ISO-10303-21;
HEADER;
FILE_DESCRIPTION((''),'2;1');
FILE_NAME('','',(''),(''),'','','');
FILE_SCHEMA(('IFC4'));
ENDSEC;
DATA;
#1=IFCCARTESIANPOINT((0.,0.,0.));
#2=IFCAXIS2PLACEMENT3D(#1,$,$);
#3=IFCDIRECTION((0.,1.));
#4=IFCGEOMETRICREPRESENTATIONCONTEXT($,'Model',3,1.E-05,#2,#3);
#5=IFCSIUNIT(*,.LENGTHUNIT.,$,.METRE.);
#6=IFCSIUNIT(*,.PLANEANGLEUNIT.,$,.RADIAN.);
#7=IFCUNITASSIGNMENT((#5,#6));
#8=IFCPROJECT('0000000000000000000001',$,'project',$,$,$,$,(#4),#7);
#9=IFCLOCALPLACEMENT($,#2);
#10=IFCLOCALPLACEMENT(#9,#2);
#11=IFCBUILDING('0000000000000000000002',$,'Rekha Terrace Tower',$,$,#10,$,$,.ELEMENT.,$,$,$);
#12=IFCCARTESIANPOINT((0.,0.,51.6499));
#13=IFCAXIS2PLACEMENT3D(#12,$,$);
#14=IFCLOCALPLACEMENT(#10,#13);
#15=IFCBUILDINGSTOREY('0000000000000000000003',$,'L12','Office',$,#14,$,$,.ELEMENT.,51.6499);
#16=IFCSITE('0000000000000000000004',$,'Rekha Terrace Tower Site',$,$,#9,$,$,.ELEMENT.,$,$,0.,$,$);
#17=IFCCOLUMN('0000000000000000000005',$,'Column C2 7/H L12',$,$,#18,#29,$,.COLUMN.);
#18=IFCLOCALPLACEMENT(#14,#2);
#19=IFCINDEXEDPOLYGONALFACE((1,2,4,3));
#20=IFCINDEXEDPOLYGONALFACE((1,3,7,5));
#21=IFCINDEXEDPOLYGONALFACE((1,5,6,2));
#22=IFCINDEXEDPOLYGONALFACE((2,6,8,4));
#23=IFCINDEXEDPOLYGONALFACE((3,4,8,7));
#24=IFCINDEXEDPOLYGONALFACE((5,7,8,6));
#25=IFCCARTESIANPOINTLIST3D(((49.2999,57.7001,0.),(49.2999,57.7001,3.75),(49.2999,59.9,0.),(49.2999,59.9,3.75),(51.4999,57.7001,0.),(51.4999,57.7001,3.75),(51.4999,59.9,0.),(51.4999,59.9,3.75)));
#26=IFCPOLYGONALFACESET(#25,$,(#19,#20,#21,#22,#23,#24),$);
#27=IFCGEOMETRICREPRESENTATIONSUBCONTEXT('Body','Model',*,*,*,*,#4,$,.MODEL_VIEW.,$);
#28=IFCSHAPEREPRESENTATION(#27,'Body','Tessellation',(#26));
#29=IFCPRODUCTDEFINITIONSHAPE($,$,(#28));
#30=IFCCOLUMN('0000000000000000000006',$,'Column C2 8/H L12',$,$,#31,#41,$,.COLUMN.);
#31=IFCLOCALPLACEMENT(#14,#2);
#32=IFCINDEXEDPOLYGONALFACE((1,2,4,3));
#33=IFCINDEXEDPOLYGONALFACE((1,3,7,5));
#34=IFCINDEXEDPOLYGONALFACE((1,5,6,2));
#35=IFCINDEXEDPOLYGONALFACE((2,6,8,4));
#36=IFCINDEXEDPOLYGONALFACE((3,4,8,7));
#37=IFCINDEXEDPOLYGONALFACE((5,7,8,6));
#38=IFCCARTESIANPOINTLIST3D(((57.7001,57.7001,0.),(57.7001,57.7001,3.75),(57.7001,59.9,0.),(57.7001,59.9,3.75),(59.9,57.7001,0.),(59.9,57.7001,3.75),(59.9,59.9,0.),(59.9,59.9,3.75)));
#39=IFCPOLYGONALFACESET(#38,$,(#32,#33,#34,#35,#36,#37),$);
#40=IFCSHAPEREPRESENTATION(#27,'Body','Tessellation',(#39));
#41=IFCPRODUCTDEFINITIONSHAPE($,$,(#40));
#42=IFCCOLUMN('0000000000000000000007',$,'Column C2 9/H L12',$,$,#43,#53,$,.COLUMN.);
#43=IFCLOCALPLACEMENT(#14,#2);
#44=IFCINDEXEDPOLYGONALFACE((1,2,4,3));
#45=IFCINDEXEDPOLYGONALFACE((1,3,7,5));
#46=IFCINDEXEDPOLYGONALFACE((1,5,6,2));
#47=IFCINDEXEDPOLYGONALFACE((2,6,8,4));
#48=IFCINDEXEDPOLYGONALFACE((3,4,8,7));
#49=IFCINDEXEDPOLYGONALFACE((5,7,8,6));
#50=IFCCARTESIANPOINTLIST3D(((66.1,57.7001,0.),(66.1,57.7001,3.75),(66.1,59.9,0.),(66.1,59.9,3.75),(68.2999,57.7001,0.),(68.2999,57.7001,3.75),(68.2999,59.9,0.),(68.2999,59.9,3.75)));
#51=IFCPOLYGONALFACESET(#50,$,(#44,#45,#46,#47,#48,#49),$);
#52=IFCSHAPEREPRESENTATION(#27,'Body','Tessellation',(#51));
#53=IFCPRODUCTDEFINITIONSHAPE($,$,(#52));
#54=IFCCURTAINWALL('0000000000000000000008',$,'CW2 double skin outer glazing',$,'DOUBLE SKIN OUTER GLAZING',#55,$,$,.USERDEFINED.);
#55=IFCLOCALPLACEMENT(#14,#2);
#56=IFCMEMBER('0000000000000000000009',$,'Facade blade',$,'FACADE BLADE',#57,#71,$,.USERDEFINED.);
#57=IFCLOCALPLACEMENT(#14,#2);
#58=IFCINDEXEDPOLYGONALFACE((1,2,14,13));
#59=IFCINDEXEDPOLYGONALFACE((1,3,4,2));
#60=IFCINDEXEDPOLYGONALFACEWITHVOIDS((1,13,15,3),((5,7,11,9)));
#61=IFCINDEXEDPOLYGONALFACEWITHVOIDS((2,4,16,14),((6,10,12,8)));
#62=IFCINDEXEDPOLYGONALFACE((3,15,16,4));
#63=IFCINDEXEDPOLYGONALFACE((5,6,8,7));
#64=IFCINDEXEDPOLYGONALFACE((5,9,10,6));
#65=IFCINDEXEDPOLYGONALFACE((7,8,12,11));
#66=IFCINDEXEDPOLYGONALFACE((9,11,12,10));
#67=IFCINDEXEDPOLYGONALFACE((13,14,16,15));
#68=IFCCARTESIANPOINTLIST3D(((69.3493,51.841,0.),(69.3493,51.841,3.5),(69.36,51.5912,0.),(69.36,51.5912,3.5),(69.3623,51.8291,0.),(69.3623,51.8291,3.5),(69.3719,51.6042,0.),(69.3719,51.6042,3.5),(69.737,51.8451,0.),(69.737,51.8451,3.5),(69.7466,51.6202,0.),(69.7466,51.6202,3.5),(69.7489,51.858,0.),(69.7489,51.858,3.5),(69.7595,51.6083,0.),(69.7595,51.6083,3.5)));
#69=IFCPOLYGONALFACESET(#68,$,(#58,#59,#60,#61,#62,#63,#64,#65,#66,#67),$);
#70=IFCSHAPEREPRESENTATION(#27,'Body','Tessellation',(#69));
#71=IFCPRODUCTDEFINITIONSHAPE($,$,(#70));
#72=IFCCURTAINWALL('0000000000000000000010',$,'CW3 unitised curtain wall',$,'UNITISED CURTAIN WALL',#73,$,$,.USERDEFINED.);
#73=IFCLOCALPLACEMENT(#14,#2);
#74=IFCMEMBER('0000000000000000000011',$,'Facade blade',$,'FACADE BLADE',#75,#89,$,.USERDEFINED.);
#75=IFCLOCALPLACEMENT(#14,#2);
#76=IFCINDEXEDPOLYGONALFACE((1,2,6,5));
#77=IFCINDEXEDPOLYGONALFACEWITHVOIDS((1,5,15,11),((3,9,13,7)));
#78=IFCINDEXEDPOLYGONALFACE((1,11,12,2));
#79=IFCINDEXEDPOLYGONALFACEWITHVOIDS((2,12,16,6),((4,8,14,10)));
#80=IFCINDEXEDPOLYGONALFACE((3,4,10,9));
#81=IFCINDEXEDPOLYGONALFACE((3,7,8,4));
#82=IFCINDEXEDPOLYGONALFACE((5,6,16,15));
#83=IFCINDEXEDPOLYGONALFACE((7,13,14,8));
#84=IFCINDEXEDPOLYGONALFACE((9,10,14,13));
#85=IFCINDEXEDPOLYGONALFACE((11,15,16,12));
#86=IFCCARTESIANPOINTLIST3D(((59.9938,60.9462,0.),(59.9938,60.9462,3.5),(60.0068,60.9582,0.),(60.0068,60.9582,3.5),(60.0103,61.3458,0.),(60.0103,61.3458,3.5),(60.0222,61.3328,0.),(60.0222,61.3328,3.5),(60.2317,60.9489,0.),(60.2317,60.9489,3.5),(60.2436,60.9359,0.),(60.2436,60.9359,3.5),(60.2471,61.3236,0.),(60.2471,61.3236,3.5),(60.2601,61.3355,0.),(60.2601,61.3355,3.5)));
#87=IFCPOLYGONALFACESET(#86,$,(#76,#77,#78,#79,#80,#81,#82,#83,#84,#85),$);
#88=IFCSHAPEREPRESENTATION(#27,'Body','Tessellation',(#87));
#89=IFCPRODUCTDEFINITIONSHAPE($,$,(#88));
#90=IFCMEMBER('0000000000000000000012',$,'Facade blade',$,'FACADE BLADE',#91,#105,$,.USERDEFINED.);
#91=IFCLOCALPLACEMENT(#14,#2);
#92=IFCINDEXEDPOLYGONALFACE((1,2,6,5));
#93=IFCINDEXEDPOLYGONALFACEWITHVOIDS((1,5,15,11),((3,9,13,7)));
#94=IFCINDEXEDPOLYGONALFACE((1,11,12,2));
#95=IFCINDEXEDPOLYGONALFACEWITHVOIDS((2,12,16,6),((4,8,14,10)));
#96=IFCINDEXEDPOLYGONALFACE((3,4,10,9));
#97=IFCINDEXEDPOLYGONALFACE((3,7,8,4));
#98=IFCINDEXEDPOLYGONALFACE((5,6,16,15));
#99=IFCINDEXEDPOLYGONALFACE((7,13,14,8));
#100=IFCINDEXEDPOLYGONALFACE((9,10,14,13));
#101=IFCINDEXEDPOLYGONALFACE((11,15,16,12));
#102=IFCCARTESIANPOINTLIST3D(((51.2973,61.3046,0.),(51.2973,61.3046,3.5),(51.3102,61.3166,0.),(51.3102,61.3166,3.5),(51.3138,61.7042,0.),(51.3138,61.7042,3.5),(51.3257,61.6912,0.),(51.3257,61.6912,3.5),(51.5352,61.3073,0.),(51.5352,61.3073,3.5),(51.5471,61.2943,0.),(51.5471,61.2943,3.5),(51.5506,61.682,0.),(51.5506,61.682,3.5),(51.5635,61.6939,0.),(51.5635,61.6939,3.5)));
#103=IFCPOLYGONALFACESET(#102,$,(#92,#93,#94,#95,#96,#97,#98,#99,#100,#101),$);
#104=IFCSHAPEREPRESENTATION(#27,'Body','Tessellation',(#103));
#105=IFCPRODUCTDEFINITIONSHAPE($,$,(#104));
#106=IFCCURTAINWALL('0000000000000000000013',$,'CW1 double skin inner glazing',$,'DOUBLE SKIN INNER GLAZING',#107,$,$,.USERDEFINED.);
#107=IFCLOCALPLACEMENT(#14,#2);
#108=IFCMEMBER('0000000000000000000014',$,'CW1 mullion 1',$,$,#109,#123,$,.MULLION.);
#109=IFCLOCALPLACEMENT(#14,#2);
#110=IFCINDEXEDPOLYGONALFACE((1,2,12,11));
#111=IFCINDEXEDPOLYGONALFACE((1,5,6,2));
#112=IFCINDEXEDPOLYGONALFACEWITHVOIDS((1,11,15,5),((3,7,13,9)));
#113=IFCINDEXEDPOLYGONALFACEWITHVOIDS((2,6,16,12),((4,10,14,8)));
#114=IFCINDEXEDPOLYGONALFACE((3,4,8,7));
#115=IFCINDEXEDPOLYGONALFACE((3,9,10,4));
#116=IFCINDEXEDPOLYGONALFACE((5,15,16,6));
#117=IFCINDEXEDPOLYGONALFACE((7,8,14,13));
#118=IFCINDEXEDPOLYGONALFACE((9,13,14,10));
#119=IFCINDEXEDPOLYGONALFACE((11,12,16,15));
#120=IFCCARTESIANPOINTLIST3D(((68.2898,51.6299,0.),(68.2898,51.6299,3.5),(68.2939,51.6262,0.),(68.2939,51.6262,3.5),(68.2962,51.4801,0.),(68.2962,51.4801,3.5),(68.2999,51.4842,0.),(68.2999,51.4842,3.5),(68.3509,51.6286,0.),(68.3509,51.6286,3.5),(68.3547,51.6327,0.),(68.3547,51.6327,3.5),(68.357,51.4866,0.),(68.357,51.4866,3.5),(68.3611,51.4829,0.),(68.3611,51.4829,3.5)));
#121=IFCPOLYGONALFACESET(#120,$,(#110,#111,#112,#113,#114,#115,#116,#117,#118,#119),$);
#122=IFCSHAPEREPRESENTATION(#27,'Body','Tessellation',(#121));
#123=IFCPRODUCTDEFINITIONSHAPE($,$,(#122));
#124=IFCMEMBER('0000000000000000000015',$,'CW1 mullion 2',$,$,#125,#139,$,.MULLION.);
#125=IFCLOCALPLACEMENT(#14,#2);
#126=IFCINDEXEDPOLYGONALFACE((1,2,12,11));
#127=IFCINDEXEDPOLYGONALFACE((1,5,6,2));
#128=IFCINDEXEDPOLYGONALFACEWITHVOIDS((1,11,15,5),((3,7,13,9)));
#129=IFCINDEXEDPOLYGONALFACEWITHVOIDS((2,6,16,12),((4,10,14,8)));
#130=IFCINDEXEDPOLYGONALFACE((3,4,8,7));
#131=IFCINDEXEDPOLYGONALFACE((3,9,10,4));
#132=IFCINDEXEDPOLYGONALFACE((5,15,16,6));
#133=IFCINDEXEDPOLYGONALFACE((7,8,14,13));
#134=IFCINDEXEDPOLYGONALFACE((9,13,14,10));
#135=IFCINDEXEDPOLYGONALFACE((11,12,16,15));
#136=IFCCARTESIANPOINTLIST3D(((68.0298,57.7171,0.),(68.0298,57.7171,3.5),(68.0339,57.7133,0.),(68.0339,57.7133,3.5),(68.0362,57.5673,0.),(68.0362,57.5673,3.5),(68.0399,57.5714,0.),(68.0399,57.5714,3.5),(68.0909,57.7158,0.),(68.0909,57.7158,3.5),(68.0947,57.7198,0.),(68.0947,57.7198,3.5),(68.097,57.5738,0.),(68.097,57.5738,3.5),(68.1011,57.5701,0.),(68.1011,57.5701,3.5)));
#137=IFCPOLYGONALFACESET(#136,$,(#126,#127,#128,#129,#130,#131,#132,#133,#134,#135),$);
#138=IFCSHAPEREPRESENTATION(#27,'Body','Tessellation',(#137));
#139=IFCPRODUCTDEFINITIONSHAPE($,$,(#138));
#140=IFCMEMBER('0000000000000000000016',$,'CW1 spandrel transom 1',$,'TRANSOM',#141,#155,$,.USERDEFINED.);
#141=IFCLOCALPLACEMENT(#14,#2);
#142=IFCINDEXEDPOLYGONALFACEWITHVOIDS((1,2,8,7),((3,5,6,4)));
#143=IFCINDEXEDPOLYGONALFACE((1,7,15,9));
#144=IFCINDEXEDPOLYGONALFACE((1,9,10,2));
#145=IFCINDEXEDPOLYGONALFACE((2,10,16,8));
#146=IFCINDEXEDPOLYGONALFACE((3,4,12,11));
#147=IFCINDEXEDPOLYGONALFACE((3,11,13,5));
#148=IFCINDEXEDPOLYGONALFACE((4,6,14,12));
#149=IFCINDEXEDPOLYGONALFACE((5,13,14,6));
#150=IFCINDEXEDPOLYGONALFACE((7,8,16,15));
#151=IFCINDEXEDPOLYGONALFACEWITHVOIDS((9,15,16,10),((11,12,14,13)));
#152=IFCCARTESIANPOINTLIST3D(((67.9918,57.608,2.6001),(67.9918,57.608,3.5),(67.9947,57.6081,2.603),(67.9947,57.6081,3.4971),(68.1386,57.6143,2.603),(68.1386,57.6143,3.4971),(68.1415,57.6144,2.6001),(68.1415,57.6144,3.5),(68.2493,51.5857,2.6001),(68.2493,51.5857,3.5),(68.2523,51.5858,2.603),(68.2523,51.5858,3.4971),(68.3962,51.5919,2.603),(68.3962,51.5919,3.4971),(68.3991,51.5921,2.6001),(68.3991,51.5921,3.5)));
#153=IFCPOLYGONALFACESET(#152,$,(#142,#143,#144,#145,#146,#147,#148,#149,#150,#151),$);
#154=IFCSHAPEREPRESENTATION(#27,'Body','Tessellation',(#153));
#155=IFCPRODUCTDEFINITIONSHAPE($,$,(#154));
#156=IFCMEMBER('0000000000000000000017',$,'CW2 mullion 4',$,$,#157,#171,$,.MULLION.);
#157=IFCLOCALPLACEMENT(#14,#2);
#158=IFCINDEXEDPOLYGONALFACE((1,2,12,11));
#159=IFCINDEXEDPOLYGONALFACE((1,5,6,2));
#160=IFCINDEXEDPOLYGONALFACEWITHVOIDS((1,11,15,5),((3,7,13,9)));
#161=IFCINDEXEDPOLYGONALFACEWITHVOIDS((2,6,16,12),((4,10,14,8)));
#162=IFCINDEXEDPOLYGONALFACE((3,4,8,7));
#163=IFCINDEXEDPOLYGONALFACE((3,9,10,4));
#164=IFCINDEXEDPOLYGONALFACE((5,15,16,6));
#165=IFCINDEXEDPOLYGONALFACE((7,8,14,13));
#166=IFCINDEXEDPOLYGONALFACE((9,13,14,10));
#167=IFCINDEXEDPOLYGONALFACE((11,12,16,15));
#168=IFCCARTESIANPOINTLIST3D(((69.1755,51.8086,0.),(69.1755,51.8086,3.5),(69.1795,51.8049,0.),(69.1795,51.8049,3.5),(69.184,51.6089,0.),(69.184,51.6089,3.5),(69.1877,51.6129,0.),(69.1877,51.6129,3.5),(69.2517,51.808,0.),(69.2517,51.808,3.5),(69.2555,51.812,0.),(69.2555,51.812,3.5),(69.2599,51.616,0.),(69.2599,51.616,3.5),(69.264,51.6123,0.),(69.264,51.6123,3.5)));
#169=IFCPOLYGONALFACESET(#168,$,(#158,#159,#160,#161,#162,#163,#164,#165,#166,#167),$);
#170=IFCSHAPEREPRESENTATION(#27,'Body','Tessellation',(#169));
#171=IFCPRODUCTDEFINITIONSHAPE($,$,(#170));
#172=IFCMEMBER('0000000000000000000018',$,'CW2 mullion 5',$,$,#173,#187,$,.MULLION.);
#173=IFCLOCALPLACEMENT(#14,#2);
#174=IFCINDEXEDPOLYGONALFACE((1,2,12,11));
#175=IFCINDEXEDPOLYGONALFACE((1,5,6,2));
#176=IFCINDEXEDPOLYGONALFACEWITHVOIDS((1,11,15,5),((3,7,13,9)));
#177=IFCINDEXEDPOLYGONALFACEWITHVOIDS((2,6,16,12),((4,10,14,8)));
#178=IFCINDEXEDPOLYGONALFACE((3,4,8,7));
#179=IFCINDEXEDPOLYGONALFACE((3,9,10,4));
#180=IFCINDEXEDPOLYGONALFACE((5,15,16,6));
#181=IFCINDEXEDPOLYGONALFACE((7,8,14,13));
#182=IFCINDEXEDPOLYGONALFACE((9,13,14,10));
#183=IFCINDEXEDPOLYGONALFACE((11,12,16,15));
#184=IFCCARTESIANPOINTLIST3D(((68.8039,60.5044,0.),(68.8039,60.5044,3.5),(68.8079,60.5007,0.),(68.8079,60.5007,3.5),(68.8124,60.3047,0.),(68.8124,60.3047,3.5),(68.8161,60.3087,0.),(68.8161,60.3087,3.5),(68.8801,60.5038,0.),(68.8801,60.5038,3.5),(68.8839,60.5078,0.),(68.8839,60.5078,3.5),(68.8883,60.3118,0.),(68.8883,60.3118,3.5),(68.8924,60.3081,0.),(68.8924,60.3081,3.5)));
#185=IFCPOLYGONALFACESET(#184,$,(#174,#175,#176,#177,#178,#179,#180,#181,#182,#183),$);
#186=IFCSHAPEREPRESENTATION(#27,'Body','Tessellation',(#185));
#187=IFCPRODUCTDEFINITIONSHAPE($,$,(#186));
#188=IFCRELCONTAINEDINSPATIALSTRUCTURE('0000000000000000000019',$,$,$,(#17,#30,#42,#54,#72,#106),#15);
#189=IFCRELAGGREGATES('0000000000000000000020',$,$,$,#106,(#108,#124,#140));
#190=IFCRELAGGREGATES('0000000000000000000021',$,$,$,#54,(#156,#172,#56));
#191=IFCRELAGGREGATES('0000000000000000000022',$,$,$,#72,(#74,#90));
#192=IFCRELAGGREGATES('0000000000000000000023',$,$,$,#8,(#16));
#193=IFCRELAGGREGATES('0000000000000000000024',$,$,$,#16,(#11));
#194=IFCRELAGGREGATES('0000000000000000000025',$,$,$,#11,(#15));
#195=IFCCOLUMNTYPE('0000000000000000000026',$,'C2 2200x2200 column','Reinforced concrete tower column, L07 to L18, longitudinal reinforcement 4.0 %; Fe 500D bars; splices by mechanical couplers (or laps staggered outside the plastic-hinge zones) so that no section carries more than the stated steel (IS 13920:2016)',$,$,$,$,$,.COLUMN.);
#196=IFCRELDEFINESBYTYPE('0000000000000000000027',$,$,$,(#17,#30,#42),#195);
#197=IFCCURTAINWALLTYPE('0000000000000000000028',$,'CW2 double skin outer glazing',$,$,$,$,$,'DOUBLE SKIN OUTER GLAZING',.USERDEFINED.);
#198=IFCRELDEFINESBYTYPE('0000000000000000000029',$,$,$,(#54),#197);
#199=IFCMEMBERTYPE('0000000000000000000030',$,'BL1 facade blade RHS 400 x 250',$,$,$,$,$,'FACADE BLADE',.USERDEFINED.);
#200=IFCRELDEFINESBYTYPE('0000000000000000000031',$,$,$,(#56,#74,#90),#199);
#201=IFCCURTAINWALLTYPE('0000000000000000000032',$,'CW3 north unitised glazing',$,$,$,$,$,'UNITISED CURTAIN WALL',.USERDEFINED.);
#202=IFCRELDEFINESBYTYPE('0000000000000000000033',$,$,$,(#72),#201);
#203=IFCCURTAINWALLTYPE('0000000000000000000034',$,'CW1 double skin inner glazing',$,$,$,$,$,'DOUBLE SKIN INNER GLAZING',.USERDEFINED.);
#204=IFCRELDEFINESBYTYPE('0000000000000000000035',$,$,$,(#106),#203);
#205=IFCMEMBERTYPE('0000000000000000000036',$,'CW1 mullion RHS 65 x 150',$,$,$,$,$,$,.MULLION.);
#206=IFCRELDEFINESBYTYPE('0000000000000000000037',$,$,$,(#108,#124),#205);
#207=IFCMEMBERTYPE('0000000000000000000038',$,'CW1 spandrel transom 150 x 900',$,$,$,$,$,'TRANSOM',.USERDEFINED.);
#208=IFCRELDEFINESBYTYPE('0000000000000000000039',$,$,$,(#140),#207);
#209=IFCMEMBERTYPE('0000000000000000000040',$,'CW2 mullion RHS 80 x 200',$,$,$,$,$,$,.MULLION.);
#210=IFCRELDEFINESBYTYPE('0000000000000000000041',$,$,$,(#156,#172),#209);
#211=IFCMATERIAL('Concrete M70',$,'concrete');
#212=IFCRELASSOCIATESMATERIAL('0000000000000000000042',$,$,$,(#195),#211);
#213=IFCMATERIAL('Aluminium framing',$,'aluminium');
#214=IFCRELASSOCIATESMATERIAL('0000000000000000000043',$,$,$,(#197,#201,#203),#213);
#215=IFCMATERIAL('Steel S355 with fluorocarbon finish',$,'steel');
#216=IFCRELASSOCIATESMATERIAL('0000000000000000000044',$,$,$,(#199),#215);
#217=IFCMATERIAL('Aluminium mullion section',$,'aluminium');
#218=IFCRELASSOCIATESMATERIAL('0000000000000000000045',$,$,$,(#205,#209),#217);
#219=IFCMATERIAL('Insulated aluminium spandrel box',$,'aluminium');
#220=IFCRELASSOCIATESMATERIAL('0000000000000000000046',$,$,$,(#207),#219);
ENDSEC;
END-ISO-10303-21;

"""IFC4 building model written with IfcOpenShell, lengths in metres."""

from ifc_helpers import new_model, si_unit, direction, frame, origin, origin_2d, place, context, subcontext, project, spatial, rectangle, hollow_rectangle, extrude, material, material_profile, profile_set, type_object, element, aggregate, save


model = new_model("IFC4")

# Units and contexts
model_context = context("Model", 3, precision=1e-05, world=origin(), true_north=direction((0.0, 1.0)))
body_context = subcontext(model_context, "Body", "Model", "MODEL_VIEW")
ifc_project = project(units=[si_unit("LENGTHUNIT", "METRE"), si_unit("PLANEANGLEUNIT", "RADIAN")], contexts=[model_context])

# Site, building, storey
site_placement = place(None, origin())
site = spatial("IfcSite", under=ifc_project, at=site_placement, Name="Rekha Terrace Tower Site", CompositionType="ELEMENT", RefElevation=0.0)
building_placement = place(site_placement, origin())
building = spatial("IfcBuilding", under=site, at=building_placement, Name="Rekha Terrace Tower", CompositionType="ELEMENT")
storey_placement = place(building_placement, frame((0.0, 0.0, 51.6499)))
storey = spatial("IfcBuildingStorey", under=building, at=storey_placement, Name="L12", Description="Office", CompositionType="ELEMENT", Elevation=51.6499)

# Columns
ifc_material_1 = material(Name="Concrete M70", Category="concrete")
ifc_material_profile_1 = material_profile(ifc_material_1, rectangle(XDim=2.2, YDim=2.2, at=origin_2d()), Name="RC 2200x2200")
ifc_profile_set_1 = profile_set([ifc_material_profile_1], Name="Concrete M70")
column_type = type_object("IfcColumnType", Name="C2 2200x2200 column", Description="Reinforced concrete tower column, L07 to L18, longitudinal reinforcement 4.0 %; Fe 500D bars; splices by mechanical couplers (or laps staggered outside the plastic-hinge zones) so that no section carries more than the stated steel (IS 13920:2016)", PredefinedType="COLUMN", material=ifc_profile_set_1)
for number, where, z_axis, x_axis, name in (
    (1, (50.3999, 58.8, 0.0), (0.0, 0.0, 1.0), (1.0, 0.0, 0.0), "Column C2 7/H L12"),
    (2, (58.8, 58.8, 0.0), (0.0, 0.0, 1.0), (1.0, 0.0, 0.0), "Column C2 8/H L12"),
    (3, (67.2, 58.8, 0.0), (0.0, 0.0, 1.0), (1.0, 0.0, 0.0), "Column C2 9/H L12"),
):
    element("IfcColumn", number, at=place(storey_placement, frame(where, z_axis=z_axis, x_axis=x_axis)), inside=storey, type_object=column_type, Name=name, PredefinedType="COLUMN", context=body_context, shape_type="SweptSolid", body=[
        extrude(rectangle(XDim=2.2, YDim=2.2, at=origin_2d()), origin(), (0.0, 0.0, 1.0), 3.75),
    ])

# Curtain wall, member
ifc_material_2 = material(Name="Aluminium framing", Category="aluminium")
curtain_wall_type_1 = type_object("IfcCurtainWallType", Name="CW2 double skin outer glazing", ElementType="DOUBLE SKIN OUTER GLAZING", PredefinedType="USERDEFINED", material=ifc_material_2)
curtain_wall_1_placement = place(storey_placement, origin())
curtain_wall_1 = element("IfcCurtainWall", 4, at=curtain_wall_1_placement, inside=storey, type_object=curtain_wall_type_1, Name="CW2 double skin outer glazing", ObjectType="DOUBLE SKIN OUTER GLAZING", PredefinedType="USERDEFINED")
ifc_material_3 = material(Name="Steel S355 with fluorocarbon finish", Category="steel")
ifc_material_profile_2 = material_profile(ifc_material_3, hollow_rectangle(XDim=0.25, YDim=0.3999, WallThickness=0.0125, at=origin_2d()), Name="RHS400x250x12.5")
ifc_profile_set_2 = profile_set([ifc_material_profile_2], Name="Steel S355 with fluorocarbon finish")
member_type_1 = type_object("IfcMemberType", Name="BL1 facade blade RHS 400 x 250", ElementType="FACADE BLADE", PredefinedType="USERDEFINED", material=ifc_profile_set_2)
member_1_placement = place(storey_placement, frame((69.5544, 51.7246, 0.0), z_axis=(0.0, 0.0, 1.0), x_axis=(-0.042695, 0.999088, 0.0)))
member_1 = element("IfcMember", 5, at=member_1_placement, type_object=member_type_1, Name="Facade blade", ObjectType="FACADE BLADE", PredefinedType="USERDEFINED", context=body_context, shape_type="SweptSolid", body=[
    extrude(hollow_rectangle(XDim=0.25, YDim=0.3999, WallThickness=0.0125, at=origin_2d()), origin(), (0.0, 0.0, 1.0), 3.5),
])

# Curtain walls, members
curtain_wall_type_2 = type_object("IfcCurtainWallType", Name="CW3 north unitised glazing", ElementType="UNITISED CURTAIN WALL", PredefinedType="USERDEFINED", material=ifc_material_2)
curtain_wall_2_placement = place(storey_placement, origin())
curtain_wall_2 = element("IfcCurtainWall", 6, at=curtain_wall_2_placement, inside=storey, type_object=curtain_wall_type_2, Name="CW3 unitised curtain wall", ObjectType="UNITISED CURTAIN WALL", PredefinedType="USERDEFINED")
member_2_placement = place(storey_placement, frame((60.127, 61.1409, 0.0), z_axis=(0.0, 0.0, 1.0), x_axis=(-0.999152, 0.041175, 0.0)))
member_2 = element("IfcMember", 7, at=member_2_placement, type_object=member_type_1, Name="Facade blade", ObjectType="FACADE BLADE", PredefinedType="USERDEFINED", context=body_context, shape_type="SweptSolid", body=[
    extrude(hollow_rectangle(XDim=0.25, YDim=0.3999, WallThickness=0.0125, at=origin_2d()), origin(), (0.0, 0.0, 1.0), 3.5),
])
member_3_placement = place(storey_placement, frame((51.4304, 61.4993, 0.0), z_axis=(0.0, 0.0, 1.0), x_axis=(-0.999152, 0.041175, 0.0)))
member_3 = element("IfcMember", 8, at=member_3_placement, type_object=member_type_1, Name="Facade blade", ObjectType="FACADE BLADE", PredefinedType="USERDEFINED", context=body_context, shape_type="SweptSolid", body=[
    extrude(hollow_rectangle(XDim=0.25, YDim=0.3999, WallThickness=0.0125, at=origin_2d()), origin(), (0.0, 0.0, 1.0), 3.5),
])
curtain_wall_type_3 = type_object("IfcCurtainWallType", Name="CW1 double skin inner glazing", ElementType="DOUBLE SKIN INNER GLAZING", PredefinedType="USERDEFINED", material=ifc_material_2)
curtain_wall_3_placement = place(storey_placement, origin())
curtain_wall_3 = element("IfcCurtainWall", 9, at=curtain_wall_3_placement, inside=storey, type_object=curtain_wall_type_3, Name="CW1 double skin inner glazing", ObjectType="DOUBLE SKIN INNER GLAZING", PredefinedType="USERDEFINED")
ifc_material_4 = material(Name="Aluminium mullion section", Category="aluminium")
ifc_material_profile_3 = material_profile(ifc_material_4, hollow_rectangle(XDim=0.0649, YDim=0.1499, WallThickness=0.0039, at=origin_2d()), Name="AL RHS 65x150")
ifc_profile_set_3 = profile_set([ifc_material_profile_3], Name="Aluminium mullion section")
member_type_2 = type_object("IfcMemberType", Name="CW1 mullion RHS 65 x 150", PredefinedType="MULLION", material=ifc_profile_set_3)
member_4_placement = place(storey_placement, frame((68.3254, 51.5564, 0.0), z_axis=(0.0, 0.0, 1.0), x_axis=(-0.999088, -0.042696, 0.0)))
member_4 = element("IfcMember", 10, at=member_4_placement, type_object=member_type_2, Name="CW1 mullion 1", PredefinedType="MULLION", context=body_context, shape_type="SweptSolid", body=[
    extrude(hollow_rectangle(XDim=0.0649, YDim=0.1499, WallThickness=0.0039, at=origin_2d()), origin(), (0.0, 0.0, 1.0), 3.5),
])
member_5_placement = place(storey_placement, frame((68.0654, 57.6436, 0.0), z_axis=(0.0, 0.0, 1.0), x_axis=(-0.999088, -0.042696, 0.0)))
member_5 = element("IfcMember", 11, at=member_5_placement, type_object=member_type_2, Name="CW1 mullion 2", PredefinedType="MULLION", context=body_context, shape_type="SweptSolid", body=[
    extrude(hollow_rectangle(XDim=0.0649, YDim=0.1499, WallThickness=0.0039, at=origin_2d()), origin(), (0.0, 0.0, 1.0), 3.5),
])
ifc_material_5 = material(Name="Insulated aluminium spandrel box", Category="aluminium")
ifc_material_profile_4 = material_profile(ifc_material_5, hollow_rectangle(XDim=0.1499, YDim=0.8999, WallThickness=0.0029, at=origin_2d()), Name="AL SPANDREL BOX 150x900")
ifc_profile_set_4 = profile_set([ifc_material_profile_4], Name="Insulated aluminium spandrel box")
member_type_3 = type_object("IfcMemberType", Name="CW1 spandrel transom 150 x 900", ElementType="TRANSOM", PredefinedType="USERDEFINED", material=ifc_profile_set_4)
member_6_placement = place(storey_placement, frame((68.3242, 51.5889, 3.05), z_axis=(-0.042731, 0.999087, 0.0), x_axis=(-0.999087, -0.042731, 0.0)))
member_6 = element("IfcMember", 12, at=member_6_placement, type_object=member_type_3, Name="CW1 spandrel transom 1", ObjectType="TRANSOM", PredefinedType="USERDEFINED", context=body_context, shape_type="SweptSolid", body=[
    extrude(hollow_rectangle(XDim=0.1499, YDim=0.8999, WallThickness=0.0029, at=origin_2d()), origin(), (0.0, 0.0, 1.0), 6.0278),
])

# Members
ifc_material_profile_5 = material_profile(ifc_material_4, hollow_rectangle(XDim=0.0801, YDim=0.2, WallThickness=0.0039, at=origin_2d()), Name="AL RHS 80x200")
ifc_profile_set_5 = profile_set([ifc_material_profile_5], Name="Aluminium mullion section")
member_type_4 = type_object("IfcMemberType", Name="CW2 mullion RHS 80 x 200", PredefinedType="MULLION", material=ifc_profile_set_5)
member_7_placement = place(storey_placement, frame((69.2197, 51.7104, 0.0), z_axis=(0.0, 0.0, 1.0), x_axis=(-0.999088, -0.042696, 0.0)))
member_7 = element("IfcMember", 13, at=member_7_placement, type_object=member_type_4, Name="CW2 mullion 4", PredefinedType="MULLION", context=body_context, shape_type="SweptSolid", body=[
    extrude(hollow_rectangle(XDim=0.0801, YDim=0.2, WallThickness=0.0039, at=origin_2d()), origin(), (0.0, 0.0, 1.0), 3.5),
])
member_8_placement = place(storey_placement, frame((68.8481, 60.4062, 0.0), z_axis=(0.0, 0.0, 1.0), x_axis=(-0.999088, -0.042696, 0.0)))
member_8 = element("IfcMember", 14, at=member_8_placement, type_object=member_type_4, Name="CW2 mullion 5", PredefinedType="MULLION", context=body_context, shape_type="SweptSolid", body=[
    extrude(hollow_rectangle(XDim=0.0801, YDim=0.2, WallThickness=0.0039, at=origin_2d()), origin(), (0.0, 0.0, 1.0), 3.5),
])

aggregate(curtain_wall_3, [member_4, member_5, member_6])
aggregate(curtain_wall_1, [member_7, member_8, member_1])
aggregate(curtain_wall_2, [member_2, member_3])

save(model, "model.ifc")
